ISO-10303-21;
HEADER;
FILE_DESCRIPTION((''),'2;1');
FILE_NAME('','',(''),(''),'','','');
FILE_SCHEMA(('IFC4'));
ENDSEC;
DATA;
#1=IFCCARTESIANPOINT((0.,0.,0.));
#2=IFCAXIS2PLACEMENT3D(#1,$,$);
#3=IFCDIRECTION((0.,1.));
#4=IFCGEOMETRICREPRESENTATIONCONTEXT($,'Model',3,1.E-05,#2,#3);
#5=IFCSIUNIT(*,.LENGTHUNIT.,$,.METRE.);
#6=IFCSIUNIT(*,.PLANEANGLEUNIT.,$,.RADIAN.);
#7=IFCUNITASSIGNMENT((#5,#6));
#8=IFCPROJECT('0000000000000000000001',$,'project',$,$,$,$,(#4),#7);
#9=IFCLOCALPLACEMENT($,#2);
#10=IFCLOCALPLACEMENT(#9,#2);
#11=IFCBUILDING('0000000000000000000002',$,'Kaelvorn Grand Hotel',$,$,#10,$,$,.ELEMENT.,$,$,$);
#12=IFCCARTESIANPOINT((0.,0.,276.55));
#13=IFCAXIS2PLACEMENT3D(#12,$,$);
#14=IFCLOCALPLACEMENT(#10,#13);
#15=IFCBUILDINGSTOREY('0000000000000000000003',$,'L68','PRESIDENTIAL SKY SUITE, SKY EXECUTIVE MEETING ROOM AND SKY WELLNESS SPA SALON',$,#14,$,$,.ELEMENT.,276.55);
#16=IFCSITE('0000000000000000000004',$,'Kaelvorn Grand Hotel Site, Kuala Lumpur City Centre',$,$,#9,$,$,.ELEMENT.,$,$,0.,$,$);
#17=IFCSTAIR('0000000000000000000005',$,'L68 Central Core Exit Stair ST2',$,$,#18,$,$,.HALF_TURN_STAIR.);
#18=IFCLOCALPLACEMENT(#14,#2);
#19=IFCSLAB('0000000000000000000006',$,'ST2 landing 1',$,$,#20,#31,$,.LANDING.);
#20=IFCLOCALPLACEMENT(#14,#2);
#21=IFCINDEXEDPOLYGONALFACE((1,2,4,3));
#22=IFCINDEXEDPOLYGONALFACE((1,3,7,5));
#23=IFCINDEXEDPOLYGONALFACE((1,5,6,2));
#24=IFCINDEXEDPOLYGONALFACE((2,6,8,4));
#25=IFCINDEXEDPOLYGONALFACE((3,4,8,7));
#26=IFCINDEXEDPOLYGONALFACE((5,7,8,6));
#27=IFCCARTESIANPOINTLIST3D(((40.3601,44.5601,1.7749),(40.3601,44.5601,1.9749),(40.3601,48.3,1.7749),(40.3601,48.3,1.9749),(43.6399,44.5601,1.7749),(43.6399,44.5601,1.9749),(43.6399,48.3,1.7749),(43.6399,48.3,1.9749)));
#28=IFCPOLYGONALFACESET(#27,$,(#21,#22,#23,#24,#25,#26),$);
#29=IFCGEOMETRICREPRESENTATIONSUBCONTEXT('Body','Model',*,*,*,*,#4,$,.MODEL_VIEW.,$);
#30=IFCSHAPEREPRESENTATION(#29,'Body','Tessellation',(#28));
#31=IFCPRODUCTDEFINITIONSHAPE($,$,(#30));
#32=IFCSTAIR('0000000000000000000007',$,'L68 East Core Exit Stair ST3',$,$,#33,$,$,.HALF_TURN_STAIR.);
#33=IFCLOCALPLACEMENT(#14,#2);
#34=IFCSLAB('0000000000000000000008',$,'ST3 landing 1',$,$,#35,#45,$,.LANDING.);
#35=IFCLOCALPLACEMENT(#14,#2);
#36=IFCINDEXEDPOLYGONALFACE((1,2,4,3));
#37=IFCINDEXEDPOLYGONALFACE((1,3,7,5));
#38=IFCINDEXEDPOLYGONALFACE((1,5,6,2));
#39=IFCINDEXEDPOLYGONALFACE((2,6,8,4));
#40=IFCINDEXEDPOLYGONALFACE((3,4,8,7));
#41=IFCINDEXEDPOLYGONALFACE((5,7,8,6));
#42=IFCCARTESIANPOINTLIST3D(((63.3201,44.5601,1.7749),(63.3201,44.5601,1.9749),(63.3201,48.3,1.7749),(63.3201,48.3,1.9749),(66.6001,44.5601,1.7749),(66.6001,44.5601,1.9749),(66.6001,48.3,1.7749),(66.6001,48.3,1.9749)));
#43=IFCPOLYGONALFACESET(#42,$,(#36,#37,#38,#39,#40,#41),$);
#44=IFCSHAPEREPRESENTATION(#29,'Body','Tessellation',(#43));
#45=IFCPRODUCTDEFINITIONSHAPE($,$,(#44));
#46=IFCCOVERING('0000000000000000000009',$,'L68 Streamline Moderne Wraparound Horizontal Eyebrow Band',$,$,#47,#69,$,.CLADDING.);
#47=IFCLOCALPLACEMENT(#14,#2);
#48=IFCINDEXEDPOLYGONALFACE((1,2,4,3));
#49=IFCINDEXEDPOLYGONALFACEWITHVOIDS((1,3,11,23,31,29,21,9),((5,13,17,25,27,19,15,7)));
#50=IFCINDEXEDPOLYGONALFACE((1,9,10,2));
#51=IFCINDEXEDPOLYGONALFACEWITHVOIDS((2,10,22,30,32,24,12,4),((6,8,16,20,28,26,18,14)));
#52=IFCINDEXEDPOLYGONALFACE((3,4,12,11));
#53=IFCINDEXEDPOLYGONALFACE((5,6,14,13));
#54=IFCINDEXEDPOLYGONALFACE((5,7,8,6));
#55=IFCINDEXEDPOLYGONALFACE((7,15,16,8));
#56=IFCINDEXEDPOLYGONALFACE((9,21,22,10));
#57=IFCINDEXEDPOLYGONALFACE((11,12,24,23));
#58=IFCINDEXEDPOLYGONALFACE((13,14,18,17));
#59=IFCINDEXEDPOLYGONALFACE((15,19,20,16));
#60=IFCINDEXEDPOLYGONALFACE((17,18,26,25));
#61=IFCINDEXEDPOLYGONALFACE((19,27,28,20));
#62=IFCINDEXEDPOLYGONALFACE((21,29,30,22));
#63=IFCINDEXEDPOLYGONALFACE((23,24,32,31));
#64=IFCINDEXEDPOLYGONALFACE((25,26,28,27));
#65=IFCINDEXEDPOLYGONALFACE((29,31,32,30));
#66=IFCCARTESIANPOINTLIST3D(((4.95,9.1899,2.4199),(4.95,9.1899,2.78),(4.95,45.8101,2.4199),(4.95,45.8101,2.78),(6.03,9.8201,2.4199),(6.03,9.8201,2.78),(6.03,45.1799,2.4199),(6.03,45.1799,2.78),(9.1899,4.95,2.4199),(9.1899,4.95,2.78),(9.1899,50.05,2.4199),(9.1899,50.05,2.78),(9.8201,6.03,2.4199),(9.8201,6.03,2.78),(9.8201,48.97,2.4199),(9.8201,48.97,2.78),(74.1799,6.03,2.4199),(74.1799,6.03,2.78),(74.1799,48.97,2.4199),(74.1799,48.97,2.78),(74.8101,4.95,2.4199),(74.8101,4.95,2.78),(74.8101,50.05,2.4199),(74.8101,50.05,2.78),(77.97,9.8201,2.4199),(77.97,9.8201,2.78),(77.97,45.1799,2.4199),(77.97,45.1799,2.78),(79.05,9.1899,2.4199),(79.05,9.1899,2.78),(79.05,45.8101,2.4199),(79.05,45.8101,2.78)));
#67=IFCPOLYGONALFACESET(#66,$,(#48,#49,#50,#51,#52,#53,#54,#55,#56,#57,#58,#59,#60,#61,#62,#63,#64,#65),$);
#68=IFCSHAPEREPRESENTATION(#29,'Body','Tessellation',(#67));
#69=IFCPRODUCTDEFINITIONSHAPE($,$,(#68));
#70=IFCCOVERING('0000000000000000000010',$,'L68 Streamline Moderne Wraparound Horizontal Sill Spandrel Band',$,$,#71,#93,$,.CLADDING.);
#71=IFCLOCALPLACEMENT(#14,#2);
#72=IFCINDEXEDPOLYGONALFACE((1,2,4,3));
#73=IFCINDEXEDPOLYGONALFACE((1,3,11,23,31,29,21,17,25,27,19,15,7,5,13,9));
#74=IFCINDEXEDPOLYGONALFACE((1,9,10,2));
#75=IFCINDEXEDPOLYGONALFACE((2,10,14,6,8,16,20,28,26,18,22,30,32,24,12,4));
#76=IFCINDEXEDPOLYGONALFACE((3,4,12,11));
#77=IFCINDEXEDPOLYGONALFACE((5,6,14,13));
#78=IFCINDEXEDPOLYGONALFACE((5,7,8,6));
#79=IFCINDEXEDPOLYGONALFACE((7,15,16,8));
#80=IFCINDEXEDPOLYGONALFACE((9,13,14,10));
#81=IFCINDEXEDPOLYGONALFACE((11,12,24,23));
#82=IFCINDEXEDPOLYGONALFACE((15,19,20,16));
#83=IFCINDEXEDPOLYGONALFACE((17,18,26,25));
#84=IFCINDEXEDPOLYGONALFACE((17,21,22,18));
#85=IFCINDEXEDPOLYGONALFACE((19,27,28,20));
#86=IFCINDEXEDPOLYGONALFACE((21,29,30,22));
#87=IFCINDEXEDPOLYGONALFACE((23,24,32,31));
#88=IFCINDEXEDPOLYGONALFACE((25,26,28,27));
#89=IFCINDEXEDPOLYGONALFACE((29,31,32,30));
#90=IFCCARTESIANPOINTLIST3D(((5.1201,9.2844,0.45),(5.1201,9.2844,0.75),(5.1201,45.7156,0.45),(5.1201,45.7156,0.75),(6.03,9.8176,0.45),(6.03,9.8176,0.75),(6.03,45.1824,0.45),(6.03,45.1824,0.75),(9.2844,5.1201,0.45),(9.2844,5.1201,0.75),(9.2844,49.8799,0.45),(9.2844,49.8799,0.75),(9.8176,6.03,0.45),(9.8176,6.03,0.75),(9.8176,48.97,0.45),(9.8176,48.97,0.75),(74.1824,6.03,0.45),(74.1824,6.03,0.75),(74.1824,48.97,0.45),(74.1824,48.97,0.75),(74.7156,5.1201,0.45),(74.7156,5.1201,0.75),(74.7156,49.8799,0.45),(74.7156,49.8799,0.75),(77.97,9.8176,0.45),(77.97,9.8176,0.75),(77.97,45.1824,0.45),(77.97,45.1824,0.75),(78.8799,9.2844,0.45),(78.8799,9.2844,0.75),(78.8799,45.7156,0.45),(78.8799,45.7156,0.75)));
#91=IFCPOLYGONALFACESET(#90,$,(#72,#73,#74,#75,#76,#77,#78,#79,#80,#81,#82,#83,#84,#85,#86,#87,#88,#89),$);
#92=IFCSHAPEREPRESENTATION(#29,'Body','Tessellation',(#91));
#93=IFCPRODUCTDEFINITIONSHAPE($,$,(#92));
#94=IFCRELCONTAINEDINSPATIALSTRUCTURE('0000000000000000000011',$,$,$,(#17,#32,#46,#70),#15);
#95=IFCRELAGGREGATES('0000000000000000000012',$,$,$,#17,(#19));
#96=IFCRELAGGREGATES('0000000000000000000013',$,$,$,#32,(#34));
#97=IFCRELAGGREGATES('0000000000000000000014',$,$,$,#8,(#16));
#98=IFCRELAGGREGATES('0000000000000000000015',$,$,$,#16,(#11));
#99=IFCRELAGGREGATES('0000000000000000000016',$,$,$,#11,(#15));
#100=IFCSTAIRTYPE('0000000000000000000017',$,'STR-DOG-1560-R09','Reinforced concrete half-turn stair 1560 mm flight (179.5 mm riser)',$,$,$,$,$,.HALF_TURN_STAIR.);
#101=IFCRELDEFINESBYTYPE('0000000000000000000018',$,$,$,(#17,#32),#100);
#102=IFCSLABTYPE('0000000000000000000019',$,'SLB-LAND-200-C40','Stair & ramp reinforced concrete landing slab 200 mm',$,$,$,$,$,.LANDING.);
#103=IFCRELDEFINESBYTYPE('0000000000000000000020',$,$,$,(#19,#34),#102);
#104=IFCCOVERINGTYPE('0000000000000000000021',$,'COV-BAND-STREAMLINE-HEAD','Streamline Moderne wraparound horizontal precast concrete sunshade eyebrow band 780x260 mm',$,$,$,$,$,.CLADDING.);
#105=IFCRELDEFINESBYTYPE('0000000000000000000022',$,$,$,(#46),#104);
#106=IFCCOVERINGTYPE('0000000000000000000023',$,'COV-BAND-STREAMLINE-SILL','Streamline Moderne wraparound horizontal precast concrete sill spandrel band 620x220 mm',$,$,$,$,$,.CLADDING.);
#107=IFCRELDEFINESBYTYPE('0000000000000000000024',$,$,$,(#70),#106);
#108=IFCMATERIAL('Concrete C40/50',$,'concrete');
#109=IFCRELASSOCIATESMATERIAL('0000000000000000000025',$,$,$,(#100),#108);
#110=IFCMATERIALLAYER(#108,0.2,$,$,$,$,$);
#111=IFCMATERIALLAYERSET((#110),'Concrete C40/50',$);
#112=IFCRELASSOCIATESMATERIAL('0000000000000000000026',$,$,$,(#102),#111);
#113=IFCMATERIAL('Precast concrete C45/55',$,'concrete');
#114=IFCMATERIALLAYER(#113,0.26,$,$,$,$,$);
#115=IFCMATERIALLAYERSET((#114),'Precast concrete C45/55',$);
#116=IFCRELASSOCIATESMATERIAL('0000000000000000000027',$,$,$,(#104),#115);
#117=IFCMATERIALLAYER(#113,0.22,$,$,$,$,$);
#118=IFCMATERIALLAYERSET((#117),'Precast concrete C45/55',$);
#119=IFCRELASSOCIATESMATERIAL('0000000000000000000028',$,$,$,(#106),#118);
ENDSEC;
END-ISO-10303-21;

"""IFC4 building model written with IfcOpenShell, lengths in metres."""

from ifc_helpers import new_model, si_unit, direction, frame, origin, place, context, subcontext, project, spatial, polyline, outline, extrude, material, layer, layer_set, type_object, element, aggregate, save


model = new_model("IFC4")

# Units and contexts
model_context = context("Model", 3, precision=1e-05, world=origin(), true_north=direction((0.0, 1.0)))
body_context = subcontext(model_context, "Body", "Model", "MODEL_VIEW")
ifc_project = project(units=[si_unit("LENGTHUNIT", "METRE"), si_unit("PLANEANGLEUNIT", "RADIAN")], contexts=[model_context])

# Site, building, storey
site_placement = place(None, origin())
site = spatial("IfcSite", under=ifc_project, at=site_placement, Name="Kaelvorn Grand Hotel Site, Kuala Lumpur City Centre", CompositionType="ELEMENT", RefElevation=0.0)
building_placement = place(site_placement, origin())
building = spatial("IfcBuilding", under=site, at=building_placement, Name="Kaelvorn Grand Hotel", CompositionType="ELEMENT")
storey_placement = place(building_placement, frame((0.0, 0.0, 276.55)))
storey = spatial("IfcBuildingStorey", under=building, at=storey_placement, Name="L68", Description="PRESIDENTIAL SKY SUITE, SKY EXECUTIVE MEETING ROOM AND SKY WELLNESS SPA SALON", CompositionType="ELEMENT", Elevation=276.55)

# Shared definitions
ifc_material_1 = material(Name="Concrete C40/50", Category="concrete")

# Stairs, slabs
stair_type = type_object("IfcStairType", Name="STR-DOG-1560-R09", Description="Reinforced concrete half-turn stair 1560 mm flight (179.5 mm riser)", PredefinedType="HALF_TURN_STAIR", material=ifc_material_1)
ifc_layer_1 = layer(ifc_material_1, 0.2)
ifc_layer_set_1 = layer_set([ifc_layer_1], Name="Concrete C40/50")
slab_type_1 = type_object("IfcSlabType", Name="SLB-LAND-200-C40", Description="Stair & ramp reinforced concrete landing slab 200 mm", PredefinedType="LANDING", material=ifc_layer_set_1)
stair_1_placement = place(storey_placement, origin())
stair_1 = element("IfcStair", 1, at=stair_1_placement, inside=storey, type_object=stair_type, Name="L68 Central Core Exit Stair ST2", PredefinedType="HALF_TURN_STAIR")
slab_1_placement = place(storey_placement, frame((0.0, 0.0, 1.7749)))
slab_1 = element("IfcSlab", 2, at=slab_1_placement, type_object=slab_type_1, Name="ST2 landing 1", PredefinedType="LANDING", context=body_context, shape_type="SweptSolid", body=[
    extrude(outline(polyline([(43.6399, 44.5601), (43.6399, 48.3), (40.3601, 48.3), (40.3601, 44.5601), (43.6399, 44.5601)])), origin(), (0.0, 0.0, 1.0), 0.2),
])
aggregate(stair_1, [slab_1])
stair_2_placement = place(storey_placement, origin())
stair_2 = element("IfcStair", 3, at=stair_2_placement, inside=storey, type_object=stair_type, Name="L68 East Core Exit Stair ST3", PredefinedType="HALF_TURN_STAIR")
slab_2_placement = place(storey_placement, frame((0.0, 0.0, 1.7749)))
slab_2 = element("IfcSlab", 4, at=slab_2_placement, type_object=slab_type_1, Name="ST3 landing 1", PredefinedType="LANDING", context=body_context, shape_type="SweptSolid", body=[
    extrude(outline(polyline([(66.6001, 44.5601), (66.6001, 48.3), (63.3201, 48.3), (63.3201, 44.5601), (66.6001, 44.5601)])), origin(), (0.0, 0.0, 1.0), 0.2),
])
aggregate(stair_2, [slab_2])

# Coverings
ifc_material_2 = material(Name="Precast concrete C45/55", Category="concrete")
ifc_layer_2 = layer(ifc_material_2, 0.26)
ifc_layer_set_2 = layer_set([ifc_layer_2], Name="Precast concrete C45/55")
covering_type_1 = type_object("IfcCoveringType", Name="COV-BAND-STREAMLINE-HEAD", Description="Streamline Moderne wraparound horizontal precast concrete sunshade eyebrow band 780x260 mm", PredefinedType="CLADDING", material=ifc_layer_set_2)
covering_1_placement = place(storey_placement, frame((0.0, 0.0, 2.4199)))
element("IfcCovering", 5, at=covering_1_placement, inside=storey, type_object=covering_type_1, Name="L68 Streamline Moderne Wraparound Horizontal Eyebrow Band", PredefinedType="CLADDING", context=body_context, shape_type="SweptSolid", body=[
    extrude(outline(polyline([(9.1899, 4.95), (74.8101, 4.95), (79.05, 9.1899), (79.05, 45.8101), (74.8101, 50.05), (9.1899, 50.05), (4.95, 45.8101), (4.95, 9.1899), (9.1899, 4.95)]), holes=[polyline([(9.8201, 6.03), (74.1799, 6.03), (77.97, 9.8201), (77.97, 45.1799), (74.1799, 48.97), (9.8201, 48.97), (6.03, 45.1799), (6.03, 9.8201), (9.8201, 6.03)])]), origin(), (0.0, 0.0, 1.0), 0.3601),
])
ifc_layer_3 = layer(ifc_material_2, 0.22)
ifc_layer_set_3 = layer_set([ifc_layer_3], Name="Precast concrete C45/55")
covering_type_2 = type_object("IfcCoveringType", Name="COV-BAND-STREAMLINE-SILL", Description="Streamline Moderne wraparound horizontal precast concrete sill spandrel band 620x220 mm", PredefinedType="CLADDING", material=ifc_layer_set_3)
covering_2_placement = place(storey_placement, frame((0.0, 0.0, 0.45)))
element("IfcCovering", 6, at=covering_2_placement, inside=storey, type_object=covering_type_2, Name="L68 Streamline Moderne Wraparound Horizontal Sill Spandrel Band", PredefinedType="CLADDING", context=body_context, shape_type="SweptSolid", body=[
    extrude(outline(polyline([(74.7156, 5.1201), (78.8799, 9.2844), (78.8799, 45.7156), (74.7156, 49.8799), (9.2844, 49.8799), (5.1201, 45.7156), (5.1201, 9.2844), (9.2844, 5.1201), (9.8176, 6.03), (6.03, 9.8176), (6.03, 45.1824), (9.8176, 48.97), (74.1824, 48.97), (77.97, 45.1824), (77.97, 9.8176), (74.1824, 6.03), (74.7156, 5.1201)])), origin(), (0.0, 0.0, 1.0), 0.3),
])

save(model, "model.ifc")
